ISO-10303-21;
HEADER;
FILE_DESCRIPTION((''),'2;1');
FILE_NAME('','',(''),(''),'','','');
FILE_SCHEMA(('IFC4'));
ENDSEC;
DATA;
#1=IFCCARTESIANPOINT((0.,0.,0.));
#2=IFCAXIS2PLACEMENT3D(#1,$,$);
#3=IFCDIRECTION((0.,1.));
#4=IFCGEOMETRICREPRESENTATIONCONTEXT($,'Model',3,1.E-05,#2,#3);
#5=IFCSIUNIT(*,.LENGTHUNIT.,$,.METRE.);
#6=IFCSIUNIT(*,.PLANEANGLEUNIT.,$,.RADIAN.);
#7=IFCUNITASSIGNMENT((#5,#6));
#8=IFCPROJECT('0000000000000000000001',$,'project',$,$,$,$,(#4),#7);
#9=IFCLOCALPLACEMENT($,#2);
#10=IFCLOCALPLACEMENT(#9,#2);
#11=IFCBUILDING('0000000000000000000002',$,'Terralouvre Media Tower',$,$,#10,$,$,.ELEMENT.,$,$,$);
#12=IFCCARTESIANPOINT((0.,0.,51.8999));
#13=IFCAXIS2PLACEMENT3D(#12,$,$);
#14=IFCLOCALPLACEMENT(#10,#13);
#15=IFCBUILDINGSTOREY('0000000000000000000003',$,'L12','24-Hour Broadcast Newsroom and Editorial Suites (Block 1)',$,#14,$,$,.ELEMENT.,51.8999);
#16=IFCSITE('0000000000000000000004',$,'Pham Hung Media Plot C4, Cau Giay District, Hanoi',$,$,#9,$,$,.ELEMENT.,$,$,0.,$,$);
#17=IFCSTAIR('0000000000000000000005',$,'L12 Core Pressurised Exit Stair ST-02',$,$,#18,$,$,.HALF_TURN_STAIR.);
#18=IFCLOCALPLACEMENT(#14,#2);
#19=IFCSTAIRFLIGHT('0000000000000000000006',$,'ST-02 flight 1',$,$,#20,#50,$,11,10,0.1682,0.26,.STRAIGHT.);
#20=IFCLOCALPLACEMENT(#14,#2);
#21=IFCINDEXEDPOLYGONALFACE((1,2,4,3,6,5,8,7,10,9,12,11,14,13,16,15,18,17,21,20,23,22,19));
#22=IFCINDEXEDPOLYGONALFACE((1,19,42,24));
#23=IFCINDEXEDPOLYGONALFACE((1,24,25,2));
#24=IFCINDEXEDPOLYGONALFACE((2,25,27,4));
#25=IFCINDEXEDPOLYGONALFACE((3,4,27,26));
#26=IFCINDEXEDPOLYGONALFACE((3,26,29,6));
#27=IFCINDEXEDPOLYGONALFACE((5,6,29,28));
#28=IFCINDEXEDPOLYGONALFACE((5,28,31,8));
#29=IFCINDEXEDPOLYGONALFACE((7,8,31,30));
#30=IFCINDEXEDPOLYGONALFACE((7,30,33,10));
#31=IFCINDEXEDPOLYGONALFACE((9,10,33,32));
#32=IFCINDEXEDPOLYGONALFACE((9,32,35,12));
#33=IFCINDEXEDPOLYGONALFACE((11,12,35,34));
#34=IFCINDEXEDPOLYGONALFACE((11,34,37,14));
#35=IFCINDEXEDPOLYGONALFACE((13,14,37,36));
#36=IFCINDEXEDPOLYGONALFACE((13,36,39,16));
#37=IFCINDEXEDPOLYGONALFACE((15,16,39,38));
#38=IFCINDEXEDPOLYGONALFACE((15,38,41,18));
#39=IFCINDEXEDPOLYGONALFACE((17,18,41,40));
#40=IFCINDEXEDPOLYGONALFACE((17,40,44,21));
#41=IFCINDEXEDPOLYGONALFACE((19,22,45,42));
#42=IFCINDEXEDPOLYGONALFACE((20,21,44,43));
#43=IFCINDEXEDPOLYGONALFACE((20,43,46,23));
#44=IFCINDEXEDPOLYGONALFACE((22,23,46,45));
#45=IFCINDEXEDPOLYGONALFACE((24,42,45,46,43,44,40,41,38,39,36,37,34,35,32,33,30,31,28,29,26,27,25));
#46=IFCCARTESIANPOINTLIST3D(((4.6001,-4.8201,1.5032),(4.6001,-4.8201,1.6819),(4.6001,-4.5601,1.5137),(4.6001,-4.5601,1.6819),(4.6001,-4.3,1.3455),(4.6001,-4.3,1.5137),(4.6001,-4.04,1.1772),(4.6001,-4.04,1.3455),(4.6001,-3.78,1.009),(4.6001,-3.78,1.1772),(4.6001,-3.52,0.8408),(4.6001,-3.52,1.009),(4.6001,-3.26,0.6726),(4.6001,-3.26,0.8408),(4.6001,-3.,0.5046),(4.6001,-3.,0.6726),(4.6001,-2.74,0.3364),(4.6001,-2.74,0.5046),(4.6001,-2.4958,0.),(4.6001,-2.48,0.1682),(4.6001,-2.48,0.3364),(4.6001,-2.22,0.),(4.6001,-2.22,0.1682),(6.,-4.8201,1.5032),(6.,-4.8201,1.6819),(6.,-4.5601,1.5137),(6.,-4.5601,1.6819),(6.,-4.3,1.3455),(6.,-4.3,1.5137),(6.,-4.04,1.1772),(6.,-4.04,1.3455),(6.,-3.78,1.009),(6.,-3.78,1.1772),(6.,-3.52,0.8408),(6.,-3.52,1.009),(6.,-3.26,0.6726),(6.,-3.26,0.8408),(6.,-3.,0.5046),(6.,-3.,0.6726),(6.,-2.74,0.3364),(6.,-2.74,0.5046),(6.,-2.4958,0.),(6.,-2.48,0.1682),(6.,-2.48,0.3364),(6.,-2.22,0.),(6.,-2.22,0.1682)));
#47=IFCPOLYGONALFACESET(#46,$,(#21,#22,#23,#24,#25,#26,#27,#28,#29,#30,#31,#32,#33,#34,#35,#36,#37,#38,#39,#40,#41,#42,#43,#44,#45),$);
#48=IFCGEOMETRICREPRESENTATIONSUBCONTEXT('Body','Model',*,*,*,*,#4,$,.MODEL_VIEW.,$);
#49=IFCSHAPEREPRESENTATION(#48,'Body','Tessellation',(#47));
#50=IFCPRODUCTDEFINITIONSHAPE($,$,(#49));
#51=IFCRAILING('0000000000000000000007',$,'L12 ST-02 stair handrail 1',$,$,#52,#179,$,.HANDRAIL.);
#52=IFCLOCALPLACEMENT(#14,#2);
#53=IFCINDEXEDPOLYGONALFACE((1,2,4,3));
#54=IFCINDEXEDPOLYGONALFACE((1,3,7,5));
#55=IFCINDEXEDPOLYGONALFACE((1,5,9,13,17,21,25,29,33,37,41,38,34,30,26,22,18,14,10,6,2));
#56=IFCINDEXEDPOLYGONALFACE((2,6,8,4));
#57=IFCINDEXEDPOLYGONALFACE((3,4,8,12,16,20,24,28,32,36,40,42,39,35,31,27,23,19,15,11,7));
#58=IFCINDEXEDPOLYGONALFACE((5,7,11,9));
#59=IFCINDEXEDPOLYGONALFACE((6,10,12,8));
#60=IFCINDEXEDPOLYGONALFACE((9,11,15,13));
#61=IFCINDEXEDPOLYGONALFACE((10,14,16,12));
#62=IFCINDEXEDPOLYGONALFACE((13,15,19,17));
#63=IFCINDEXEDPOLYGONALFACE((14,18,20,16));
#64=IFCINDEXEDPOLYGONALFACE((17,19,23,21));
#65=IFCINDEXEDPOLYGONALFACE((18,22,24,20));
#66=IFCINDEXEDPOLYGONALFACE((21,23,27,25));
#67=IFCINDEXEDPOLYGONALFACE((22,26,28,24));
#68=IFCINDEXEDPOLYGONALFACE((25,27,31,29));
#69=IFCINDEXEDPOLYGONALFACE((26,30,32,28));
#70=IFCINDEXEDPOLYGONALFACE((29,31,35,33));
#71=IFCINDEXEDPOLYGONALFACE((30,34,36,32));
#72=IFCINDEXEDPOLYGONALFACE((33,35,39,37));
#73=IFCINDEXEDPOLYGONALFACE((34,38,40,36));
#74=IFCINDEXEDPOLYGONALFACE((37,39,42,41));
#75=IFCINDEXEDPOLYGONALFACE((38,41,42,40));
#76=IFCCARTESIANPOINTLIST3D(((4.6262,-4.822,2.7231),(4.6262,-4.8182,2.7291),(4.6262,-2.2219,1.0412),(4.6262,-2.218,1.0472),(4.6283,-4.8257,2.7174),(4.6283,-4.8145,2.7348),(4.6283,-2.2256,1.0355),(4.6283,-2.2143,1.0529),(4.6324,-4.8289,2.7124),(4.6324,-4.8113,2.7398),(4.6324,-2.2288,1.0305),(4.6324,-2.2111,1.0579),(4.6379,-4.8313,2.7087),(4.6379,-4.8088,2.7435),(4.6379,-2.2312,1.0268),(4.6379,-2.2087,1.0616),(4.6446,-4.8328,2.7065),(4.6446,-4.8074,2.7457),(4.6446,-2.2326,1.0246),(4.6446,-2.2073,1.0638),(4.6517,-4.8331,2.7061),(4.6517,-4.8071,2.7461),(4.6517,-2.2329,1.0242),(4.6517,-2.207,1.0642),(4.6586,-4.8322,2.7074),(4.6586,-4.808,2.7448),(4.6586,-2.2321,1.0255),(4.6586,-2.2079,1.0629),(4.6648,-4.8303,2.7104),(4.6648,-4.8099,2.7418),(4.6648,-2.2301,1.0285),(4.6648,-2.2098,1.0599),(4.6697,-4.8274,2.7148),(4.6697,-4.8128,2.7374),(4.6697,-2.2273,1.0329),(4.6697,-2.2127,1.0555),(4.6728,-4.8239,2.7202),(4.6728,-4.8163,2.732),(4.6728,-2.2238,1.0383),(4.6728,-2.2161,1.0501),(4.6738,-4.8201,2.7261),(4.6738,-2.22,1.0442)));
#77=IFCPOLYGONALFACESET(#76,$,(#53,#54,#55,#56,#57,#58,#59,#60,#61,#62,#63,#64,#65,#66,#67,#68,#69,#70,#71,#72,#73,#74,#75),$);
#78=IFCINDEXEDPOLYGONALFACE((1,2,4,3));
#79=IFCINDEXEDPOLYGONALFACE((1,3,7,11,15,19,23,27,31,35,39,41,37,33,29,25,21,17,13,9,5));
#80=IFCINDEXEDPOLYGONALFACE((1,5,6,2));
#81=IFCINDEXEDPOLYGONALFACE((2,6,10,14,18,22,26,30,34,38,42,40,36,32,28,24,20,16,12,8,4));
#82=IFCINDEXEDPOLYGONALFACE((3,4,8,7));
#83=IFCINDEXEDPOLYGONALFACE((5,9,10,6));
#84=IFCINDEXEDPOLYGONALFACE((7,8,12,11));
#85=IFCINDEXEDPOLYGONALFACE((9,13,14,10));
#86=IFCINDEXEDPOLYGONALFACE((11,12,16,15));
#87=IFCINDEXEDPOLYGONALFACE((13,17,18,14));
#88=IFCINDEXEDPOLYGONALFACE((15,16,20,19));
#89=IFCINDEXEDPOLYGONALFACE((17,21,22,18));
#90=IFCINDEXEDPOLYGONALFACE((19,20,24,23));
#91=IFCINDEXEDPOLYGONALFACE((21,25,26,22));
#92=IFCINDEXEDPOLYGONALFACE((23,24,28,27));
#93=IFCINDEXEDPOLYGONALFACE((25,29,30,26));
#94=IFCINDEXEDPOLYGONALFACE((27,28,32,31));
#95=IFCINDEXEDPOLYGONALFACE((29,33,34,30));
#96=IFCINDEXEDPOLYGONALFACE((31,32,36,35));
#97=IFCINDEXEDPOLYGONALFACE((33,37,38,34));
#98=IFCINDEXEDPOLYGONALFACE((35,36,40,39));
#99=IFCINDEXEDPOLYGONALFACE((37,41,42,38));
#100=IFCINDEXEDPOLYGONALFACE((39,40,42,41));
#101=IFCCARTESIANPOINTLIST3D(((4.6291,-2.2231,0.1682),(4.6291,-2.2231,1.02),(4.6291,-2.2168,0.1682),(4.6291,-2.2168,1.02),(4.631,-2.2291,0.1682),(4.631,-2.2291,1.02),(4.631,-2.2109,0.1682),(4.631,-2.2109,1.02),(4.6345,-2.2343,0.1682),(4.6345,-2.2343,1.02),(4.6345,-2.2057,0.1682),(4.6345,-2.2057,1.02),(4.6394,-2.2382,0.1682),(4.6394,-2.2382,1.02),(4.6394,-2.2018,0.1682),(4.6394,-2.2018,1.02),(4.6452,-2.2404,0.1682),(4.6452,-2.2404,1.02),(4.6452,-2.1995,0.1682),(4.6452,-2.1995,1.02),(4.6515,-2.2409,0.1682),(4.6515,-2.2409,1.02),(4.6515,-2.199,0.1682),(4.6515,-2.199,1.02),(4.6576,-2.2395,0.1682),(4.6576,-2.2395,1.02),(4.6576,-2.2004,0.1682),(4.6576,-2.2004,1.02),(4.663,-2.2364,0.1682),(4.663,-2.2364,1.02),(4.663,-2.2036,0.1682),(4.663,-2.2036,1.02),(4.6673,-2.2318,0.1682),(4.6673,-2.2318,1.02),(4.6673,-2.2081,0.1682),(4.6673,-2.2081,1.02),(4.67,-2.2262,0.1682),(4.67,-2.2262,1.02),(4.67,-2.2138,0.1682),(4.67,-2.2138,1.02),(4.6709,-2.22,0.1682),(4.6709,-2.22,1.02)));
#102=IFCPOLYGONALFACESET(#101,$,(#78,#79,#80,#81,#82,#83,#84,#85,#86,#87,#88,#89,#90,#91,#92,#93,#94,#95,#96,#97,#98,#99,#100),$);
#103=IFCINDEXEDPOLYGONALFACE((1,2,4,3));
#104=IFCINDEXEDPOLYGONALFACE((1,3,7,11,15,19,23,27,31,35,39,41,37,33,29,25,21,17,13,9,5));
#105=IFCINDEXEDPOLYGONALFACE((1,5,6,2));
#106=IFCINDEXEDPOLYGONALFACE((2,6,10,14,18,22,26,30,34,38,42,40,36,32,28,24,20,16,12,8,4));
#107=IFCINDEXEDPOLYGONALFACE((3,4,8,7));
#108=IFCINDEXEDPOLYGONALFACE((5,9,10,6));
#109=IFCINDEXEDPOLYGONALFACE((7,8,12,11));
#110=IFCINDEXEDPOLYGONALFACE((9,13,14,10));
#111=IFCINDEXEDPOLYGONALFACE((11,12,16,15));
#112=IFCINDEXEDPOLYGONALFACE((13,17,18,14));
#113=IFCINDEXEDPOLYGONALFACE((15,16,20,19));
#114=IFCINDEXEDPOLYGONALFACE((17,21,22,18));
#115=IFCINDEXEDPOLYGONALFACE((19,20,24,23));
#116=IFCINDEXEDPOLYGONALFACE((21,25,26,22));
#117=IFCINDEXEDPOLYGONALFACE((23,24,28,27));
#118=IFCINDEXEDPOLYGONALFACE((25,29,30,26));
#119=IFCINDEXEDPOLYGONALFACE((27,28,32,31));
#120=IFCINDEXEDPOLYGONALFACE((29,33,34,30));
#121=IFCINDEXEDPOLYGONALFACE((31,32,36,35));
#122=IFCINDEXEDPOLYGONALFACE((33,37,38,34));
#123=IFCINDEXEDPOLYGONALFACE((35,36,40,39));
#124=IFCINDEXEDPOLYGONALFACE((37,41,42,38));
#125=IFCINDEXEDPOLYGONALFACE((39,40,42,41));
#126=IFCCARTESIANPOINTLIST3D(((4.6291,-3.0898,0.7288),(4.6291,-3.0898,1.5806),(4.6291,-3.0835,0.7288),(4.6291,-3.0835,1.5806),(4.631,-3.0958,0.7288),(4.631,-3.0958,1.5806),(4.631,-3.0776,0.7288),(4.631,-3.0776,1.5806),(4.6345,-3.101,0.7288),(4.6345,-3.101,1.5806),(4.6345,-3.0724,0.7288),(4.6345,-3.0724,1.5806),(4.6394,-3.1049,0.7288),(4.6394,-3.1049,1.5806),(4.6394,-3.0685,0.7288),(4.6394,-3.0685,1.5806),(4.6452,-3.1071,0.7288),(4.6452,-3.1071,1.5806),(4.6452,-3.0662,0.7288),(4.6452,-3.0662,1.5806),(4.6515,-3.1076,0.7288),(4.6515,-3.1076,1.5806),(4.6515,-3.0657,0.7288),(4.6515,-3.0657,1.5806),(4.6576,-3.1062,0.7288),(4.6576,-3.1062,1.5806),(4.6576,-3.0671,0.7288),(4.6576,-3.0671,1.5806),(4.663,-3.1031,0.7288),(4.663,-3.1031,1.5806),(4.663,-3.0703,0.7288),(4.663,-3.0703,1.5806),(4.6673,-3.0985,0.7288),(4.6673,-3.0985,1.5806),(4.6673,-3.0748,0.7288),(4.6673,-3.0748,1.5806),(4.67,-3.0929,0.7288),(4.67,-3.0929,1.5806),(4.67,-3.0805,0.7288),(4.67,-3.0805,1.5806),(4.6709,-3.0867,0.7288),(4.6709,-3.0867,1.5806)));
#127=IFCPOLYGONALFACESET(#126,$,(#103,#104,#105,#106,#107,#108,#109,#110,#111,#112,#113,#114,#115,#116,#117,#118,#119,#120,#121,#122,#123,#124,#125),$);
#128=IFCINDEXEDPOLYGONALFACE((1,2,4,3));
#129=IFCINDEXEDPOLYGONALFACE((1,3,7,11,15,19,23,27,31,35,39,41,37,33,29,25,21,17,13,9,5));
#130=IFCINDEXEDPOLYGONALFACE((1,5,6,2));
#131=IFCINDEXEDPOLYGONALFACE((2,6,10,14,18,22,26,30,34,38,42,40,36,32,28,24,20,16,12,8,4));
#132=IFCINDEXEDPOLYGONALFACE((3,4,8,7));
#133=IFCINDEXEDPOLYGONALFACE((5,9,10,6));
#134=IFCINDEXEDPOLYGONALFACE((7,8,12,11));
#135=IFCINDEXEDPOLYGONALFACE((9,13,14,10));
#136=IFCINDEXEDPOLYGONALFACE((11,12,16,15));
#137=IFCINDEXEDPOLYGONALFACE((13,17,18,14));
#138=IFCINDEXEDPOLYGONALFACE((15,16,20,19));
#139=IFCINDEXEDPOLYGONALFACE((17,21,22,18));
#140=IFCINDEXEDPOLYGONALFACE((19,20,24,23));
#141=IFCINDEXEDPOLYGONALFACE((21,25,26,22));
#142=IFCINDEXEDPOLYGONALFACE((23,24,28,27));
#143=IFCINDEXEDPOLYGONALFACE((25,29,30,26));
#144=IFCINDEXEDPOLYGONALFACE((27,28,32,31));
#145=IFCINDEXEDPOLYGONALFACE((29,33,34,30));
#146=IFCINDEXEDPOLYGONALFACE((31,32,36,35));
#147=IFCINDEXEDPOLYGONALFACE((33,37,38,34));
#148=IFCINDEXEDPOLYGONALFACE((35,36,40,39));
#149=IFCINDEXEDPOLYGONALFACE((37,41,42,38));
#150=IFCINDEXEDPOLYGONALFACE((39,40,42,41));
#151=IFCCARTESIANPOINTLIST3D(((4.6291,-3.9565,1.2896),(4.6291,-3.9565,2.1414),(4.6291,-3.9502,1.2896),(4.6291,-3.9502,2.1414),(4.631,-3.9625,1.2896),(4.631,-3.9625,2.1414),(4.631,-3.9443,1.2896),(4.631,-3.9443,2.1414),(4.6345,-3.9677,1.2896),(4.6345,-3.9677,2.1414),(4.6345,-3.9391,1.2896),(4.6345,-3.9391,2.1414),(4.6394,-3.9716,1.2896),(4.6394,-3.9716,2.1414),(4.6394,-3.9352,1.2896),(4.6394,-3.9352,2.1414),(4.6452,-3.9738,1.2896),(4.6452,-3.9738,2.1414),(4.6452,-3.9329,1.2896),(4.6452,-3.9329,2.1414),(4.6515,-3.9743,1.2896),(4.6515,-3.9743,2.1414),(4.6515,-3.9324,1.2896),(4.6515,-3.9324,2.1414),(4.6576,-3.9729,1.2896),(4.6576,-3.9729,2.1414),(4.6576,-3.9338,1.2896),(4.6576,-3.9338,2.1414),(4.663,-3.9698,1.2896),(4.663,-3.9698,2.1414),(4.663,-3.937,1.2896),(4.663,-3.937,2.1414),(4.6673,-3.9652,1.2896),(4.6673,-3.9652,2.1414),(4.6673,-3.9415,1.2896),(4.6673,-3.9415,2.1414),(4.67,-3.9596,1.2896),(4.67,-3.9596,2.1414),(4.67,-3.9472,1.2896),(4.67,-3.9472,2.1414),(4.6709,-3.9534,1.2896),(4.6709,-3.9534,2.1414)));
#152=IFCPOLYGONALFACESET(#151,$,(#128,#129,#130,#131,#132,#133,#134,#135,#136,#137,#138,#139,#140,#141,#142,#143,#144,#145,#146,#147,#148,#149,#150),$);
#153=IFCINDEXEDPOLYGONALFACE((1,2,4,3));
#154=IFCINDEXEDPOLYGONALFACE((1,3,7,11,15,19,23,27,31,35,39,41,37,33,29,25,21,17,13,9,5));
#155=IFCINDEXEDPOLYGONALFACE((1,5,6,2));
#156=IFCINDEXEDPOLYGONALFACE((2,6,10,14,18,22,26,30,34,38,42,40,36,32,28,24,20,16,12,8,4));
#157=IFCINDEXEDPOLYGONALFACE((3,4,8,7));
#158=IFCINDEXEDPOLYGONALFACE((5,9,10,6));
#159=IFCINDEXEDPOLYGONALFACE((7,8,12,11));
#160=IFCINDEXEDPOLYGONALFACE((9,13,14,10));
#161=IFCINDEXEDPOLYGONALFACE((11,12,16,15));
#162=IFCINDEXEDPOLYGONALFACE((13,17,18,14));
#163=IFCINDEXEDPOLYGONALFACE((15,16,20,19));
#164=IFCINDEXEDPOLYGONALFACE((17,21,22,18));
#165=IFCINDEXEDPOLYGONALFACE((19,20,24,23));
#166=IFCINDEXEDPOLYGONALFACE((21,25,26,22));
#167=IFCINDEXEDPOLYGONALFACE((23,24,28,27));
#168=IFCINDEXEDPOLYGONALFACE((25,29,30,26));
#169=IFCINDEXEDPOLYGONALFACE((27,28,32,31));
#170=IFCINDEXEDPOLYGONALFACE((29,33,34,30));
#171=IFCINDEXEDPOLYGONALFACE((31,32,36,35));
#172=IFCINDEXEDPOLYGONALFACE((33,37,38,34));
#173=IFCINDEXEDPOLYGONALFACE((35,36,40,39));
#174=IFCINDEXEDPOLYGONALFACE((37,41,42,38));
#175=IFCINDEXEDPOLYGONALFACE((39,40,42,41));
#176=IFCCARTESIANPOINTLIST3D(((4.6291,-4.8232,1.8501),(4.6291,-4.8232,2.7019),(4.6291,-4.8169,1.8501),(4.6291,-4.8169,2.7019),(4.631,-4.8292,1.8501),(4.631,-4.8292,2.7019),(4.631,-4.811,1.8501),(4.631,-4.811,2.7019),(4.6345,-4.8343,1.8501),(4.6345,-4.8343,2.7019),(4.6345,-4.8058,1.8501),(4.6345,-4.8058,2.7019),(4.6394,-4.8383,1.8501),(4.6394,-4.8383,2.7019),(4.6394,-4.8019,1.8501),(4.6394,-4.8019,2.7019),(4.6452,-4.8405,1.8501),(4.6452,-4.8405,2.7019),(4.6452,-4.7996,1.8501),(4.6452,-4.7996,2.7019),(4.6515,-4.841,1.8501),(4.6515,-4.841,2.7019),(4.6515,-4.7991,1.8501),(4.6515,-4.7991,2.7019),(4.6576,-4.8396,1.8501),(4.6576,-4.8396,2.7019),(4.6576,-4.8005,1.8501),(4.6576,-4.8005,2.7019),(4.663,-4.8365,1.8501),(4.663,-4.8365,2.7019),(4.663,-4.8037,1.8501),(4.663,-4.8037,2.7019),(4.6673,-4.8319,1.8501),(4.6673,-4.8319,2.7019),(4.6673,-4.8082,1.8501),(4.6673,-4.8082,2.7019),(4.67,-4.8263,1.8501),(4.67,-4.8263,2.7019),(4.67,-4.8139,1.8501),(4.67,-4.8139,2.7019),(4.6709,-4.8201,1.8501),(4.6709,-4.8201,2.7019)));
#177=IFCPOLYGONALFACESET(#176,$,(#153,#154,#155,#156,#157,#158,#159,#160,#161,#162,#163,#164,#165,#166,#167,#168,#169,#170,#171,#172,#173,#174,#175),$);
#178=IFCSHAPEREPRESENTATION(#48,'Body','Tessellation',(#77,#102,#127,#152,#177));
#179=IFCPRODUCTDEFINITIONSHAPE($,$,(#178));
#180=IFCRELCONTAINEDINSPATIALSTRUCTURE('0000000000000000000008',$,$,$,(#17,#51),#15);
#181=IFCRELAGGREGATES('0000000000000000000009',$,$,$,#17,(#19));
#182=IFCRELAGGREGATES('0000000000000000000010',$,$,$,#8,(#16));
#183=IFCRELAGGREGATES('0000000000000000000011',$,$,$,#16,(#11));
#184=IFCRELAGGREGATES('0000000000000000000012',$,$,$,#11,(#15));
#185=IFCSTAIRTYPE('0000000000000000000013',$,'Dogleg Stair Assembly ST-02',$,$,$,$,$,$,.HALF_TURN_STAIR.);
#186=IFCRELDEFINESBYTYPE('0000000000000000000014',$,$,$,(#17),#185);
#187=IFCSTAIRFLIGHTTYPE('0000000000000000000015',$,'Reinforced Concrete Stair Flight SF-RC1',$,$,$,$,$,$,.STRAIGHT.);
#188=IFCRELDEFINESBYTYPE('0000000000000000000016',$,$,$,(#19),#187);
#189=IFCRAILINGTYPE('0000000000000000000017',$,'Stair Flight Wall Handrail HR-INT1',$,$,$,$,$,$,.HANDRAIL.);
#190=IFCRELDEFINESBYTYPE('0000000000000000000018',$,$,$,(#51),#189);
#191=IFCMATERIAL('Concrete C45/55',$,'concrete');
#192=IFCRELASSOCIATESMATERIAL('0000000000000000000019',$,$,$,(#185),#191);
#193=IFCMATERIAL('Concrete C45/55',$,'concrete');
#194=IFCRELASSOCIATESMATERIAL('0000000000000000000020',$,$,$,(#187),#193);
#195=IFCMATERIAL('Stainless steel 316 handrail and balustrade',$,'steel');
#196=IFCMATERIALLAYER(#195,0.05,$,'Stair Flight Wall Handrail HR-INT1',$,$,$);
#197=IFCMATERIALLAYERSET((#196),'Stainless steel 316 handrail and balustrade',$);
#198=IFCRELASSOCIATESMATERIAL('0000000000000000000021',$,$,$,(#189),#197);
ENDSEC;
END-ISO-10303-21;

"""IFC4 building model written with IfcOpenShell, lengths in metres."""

from ifc_helpers import new_model, si_unit, direction, frame, origin, origin_2d, place, context, subcontext, project, spatial, polyline, circle, outline, extrude, material, layer, layer_set, type_object, element, aggregate, save


model = new_model("IFC4")

# Units and contexts
model_context = context("Model", 3, precision=1e-05, world=origin(), true_north=direction((0.0, 1.0)))
body_context = subcontext(model_context, "Body", "Model", "MODEL_VIEW")
ifc_project = project(units=[si_unit("LENGTHUNIT", "METRE"), si_unit("PLANEANGLEUNIT", "RADIAN")], contexts=[model_context])

# Site, building, storey
site_placement = place(None, origin())
site = spatial("IfcSite", under=ifc_project, at=site_placement, Name="Pham Hung Media Plot C4, Cau Giay District, Hanoi", CompositionType="ELEMENT", RefElevation=0.0)
building_placement = place(site_placement, origin())
building = spatial("IfcBuilding", under=site, at=building_placement, Name="Terralouvre Media Tower", CompositionType="ELEMENT")
storey_placement = place(building_placement, frame((0.0, 0.0, 51.8999)))
storey = spatial("IfcBuildingStorey", under=building, at=storey_placement, Name="L12", Description="24-Hour Broadcast Newsroom and Editorial Suites (Block 1)", CompositionType="ELEMENT", Elevation=51.8999)

# Stair, stair flight
ifc_material_1 = material(Name="Concrete C45/55", Category="concrete")
stair_type = type_object("IfcStairType", Name="Dogleg Stair Assembly ST-02", PredefinedType="HALF_TURN_STAIR", material=ifc_material_1)
stair_placement = place(storey_placement, origin())
stair = element("IfcStair", 1, at=stair_placement, inside=storey, type_object=stair_type, Name="L12 Core Pressurised Exit Stair ST-02", PredefinedType="HALF_TURN_STAIR")
ifc_material_2 = material(Name="Concrete C45/55", Category="concrete")
stair_flight_type = type_object("IfcStairFlightType", Name="Reinforced Concrete Stair Flight SF-RC1", PredefinedType="STRAIGHT", material=ifc_material_2)
stair_flight_placement = place(storey_placement, frame((5.3, -2.22, 0.0), z_axis=(0.0, 0.0, 1.0), x_axis=(0.0, -1.0, 0.0)))
stair_flight = element("IfcStairFlight", 2, at=stair_flight_placement, type_object=stair_flight_type, Name="ST-02 flight 1", NumberOfRisers=11, NumberOfTreads=10, PredefinedType="STRAIGHT", RiserHeight=0.1682, TreadLength=0.26, context=body_context, shape_type="SweptSolid", body=[
    extrude(outline(polyline([(0.0, 0.0), (0.0, 0.1682), (0.26, 0.1682), (0.26, 0.3364), (0.52, 0.3364), (0.52, 0.5046), (0.78, 0.5046), (0.78, 0.6726), (1.04, 0.6726), (1.04, 0.8408), (1.3, 0.8408), (1.3, 1.009), (1.5601, 1.009), (1.5601, 1.1772), (1.8201, 1.1772), (1.8201, 1.3455), (2.0801, 1.3455), (2.0801, 1.5137), (2.3401, 1.5137), (2.3401, 1.6819), (2.6001, 1.6819), (2.6001, 1.8501), (2.6001, 1.5032), (0.2759, 0.0), (0.0, 0.0)])), frame((0.0, 0.7, 0.0), z_axis=(0.0, -1.0, 0.0), x_axis=(1.0, 0.0, 0.0)), (0.0, 0.0, 1.0), 1.3999),
])
aggregate(stair, [stair_flight])

# Railing
ifc_material_3 = material(Name="Stainless steel 316 handrail and balustrade", Category="steel")
ifc_layer_1 = layer(ifc_material_3, 0.05, Name="Stair Flight Wall Handrail HR-INT1")
ifc_layer_set_1 = layer_set([ifc_layer_1], Name="Stainless steel 316 handrail and balustrade")
railing_type_1 = type_object("IfcRailingType", Name="Stair Flight Wall Handrail HR-INT1", PredefinedType="HANDRAIL", material=ifc_layer_set_1)
railing_1_placement = place(storey_placement, frame((4.6499, -2.22, 0.1682)))
element("IfcRailing", 3, at=railing_1_placement, inside=storey, type_object=railing_type_1, Name="L12 ST-02 stair handrail 1", PredefinedType="HANDRAIL", context=body_context, shape_type="SweptSolid", body=[
    extrude(circle(Radius=0.0239, at=origin_2d()), frame((0.0, 0.0, 0.876), z_axis=(0.0, -0.839648, 0.54313), x_axis=(1.0, 0.0, 0.0)), (0.0, 0.0, 1.0), 3.0967),
    extrude(circle(Radius=0.021, at=origin_2d()), origin(), (0.0, 0.0, 1.0), 0.8518),
    extrude(circle(Radius=0.021, at=origin_2d()), frame((0.0, -0.8667, 0.5605)), (0.0, 0.0, 1.0), 0.8518),
    extrude(circle(Radius=0.021, at=origin_2d()), frame((0.0, -1.7334, 1.1213)), (0.0, 0.0, 1.0), 0.8518),
    extrude(circle(Radius=0.021, at=origin_2d()), frame((0.0, -2.6001, 1.6819)), (0.0, 0.0, 1.0), 0.8518),
])

save(model, "model.ifc")
